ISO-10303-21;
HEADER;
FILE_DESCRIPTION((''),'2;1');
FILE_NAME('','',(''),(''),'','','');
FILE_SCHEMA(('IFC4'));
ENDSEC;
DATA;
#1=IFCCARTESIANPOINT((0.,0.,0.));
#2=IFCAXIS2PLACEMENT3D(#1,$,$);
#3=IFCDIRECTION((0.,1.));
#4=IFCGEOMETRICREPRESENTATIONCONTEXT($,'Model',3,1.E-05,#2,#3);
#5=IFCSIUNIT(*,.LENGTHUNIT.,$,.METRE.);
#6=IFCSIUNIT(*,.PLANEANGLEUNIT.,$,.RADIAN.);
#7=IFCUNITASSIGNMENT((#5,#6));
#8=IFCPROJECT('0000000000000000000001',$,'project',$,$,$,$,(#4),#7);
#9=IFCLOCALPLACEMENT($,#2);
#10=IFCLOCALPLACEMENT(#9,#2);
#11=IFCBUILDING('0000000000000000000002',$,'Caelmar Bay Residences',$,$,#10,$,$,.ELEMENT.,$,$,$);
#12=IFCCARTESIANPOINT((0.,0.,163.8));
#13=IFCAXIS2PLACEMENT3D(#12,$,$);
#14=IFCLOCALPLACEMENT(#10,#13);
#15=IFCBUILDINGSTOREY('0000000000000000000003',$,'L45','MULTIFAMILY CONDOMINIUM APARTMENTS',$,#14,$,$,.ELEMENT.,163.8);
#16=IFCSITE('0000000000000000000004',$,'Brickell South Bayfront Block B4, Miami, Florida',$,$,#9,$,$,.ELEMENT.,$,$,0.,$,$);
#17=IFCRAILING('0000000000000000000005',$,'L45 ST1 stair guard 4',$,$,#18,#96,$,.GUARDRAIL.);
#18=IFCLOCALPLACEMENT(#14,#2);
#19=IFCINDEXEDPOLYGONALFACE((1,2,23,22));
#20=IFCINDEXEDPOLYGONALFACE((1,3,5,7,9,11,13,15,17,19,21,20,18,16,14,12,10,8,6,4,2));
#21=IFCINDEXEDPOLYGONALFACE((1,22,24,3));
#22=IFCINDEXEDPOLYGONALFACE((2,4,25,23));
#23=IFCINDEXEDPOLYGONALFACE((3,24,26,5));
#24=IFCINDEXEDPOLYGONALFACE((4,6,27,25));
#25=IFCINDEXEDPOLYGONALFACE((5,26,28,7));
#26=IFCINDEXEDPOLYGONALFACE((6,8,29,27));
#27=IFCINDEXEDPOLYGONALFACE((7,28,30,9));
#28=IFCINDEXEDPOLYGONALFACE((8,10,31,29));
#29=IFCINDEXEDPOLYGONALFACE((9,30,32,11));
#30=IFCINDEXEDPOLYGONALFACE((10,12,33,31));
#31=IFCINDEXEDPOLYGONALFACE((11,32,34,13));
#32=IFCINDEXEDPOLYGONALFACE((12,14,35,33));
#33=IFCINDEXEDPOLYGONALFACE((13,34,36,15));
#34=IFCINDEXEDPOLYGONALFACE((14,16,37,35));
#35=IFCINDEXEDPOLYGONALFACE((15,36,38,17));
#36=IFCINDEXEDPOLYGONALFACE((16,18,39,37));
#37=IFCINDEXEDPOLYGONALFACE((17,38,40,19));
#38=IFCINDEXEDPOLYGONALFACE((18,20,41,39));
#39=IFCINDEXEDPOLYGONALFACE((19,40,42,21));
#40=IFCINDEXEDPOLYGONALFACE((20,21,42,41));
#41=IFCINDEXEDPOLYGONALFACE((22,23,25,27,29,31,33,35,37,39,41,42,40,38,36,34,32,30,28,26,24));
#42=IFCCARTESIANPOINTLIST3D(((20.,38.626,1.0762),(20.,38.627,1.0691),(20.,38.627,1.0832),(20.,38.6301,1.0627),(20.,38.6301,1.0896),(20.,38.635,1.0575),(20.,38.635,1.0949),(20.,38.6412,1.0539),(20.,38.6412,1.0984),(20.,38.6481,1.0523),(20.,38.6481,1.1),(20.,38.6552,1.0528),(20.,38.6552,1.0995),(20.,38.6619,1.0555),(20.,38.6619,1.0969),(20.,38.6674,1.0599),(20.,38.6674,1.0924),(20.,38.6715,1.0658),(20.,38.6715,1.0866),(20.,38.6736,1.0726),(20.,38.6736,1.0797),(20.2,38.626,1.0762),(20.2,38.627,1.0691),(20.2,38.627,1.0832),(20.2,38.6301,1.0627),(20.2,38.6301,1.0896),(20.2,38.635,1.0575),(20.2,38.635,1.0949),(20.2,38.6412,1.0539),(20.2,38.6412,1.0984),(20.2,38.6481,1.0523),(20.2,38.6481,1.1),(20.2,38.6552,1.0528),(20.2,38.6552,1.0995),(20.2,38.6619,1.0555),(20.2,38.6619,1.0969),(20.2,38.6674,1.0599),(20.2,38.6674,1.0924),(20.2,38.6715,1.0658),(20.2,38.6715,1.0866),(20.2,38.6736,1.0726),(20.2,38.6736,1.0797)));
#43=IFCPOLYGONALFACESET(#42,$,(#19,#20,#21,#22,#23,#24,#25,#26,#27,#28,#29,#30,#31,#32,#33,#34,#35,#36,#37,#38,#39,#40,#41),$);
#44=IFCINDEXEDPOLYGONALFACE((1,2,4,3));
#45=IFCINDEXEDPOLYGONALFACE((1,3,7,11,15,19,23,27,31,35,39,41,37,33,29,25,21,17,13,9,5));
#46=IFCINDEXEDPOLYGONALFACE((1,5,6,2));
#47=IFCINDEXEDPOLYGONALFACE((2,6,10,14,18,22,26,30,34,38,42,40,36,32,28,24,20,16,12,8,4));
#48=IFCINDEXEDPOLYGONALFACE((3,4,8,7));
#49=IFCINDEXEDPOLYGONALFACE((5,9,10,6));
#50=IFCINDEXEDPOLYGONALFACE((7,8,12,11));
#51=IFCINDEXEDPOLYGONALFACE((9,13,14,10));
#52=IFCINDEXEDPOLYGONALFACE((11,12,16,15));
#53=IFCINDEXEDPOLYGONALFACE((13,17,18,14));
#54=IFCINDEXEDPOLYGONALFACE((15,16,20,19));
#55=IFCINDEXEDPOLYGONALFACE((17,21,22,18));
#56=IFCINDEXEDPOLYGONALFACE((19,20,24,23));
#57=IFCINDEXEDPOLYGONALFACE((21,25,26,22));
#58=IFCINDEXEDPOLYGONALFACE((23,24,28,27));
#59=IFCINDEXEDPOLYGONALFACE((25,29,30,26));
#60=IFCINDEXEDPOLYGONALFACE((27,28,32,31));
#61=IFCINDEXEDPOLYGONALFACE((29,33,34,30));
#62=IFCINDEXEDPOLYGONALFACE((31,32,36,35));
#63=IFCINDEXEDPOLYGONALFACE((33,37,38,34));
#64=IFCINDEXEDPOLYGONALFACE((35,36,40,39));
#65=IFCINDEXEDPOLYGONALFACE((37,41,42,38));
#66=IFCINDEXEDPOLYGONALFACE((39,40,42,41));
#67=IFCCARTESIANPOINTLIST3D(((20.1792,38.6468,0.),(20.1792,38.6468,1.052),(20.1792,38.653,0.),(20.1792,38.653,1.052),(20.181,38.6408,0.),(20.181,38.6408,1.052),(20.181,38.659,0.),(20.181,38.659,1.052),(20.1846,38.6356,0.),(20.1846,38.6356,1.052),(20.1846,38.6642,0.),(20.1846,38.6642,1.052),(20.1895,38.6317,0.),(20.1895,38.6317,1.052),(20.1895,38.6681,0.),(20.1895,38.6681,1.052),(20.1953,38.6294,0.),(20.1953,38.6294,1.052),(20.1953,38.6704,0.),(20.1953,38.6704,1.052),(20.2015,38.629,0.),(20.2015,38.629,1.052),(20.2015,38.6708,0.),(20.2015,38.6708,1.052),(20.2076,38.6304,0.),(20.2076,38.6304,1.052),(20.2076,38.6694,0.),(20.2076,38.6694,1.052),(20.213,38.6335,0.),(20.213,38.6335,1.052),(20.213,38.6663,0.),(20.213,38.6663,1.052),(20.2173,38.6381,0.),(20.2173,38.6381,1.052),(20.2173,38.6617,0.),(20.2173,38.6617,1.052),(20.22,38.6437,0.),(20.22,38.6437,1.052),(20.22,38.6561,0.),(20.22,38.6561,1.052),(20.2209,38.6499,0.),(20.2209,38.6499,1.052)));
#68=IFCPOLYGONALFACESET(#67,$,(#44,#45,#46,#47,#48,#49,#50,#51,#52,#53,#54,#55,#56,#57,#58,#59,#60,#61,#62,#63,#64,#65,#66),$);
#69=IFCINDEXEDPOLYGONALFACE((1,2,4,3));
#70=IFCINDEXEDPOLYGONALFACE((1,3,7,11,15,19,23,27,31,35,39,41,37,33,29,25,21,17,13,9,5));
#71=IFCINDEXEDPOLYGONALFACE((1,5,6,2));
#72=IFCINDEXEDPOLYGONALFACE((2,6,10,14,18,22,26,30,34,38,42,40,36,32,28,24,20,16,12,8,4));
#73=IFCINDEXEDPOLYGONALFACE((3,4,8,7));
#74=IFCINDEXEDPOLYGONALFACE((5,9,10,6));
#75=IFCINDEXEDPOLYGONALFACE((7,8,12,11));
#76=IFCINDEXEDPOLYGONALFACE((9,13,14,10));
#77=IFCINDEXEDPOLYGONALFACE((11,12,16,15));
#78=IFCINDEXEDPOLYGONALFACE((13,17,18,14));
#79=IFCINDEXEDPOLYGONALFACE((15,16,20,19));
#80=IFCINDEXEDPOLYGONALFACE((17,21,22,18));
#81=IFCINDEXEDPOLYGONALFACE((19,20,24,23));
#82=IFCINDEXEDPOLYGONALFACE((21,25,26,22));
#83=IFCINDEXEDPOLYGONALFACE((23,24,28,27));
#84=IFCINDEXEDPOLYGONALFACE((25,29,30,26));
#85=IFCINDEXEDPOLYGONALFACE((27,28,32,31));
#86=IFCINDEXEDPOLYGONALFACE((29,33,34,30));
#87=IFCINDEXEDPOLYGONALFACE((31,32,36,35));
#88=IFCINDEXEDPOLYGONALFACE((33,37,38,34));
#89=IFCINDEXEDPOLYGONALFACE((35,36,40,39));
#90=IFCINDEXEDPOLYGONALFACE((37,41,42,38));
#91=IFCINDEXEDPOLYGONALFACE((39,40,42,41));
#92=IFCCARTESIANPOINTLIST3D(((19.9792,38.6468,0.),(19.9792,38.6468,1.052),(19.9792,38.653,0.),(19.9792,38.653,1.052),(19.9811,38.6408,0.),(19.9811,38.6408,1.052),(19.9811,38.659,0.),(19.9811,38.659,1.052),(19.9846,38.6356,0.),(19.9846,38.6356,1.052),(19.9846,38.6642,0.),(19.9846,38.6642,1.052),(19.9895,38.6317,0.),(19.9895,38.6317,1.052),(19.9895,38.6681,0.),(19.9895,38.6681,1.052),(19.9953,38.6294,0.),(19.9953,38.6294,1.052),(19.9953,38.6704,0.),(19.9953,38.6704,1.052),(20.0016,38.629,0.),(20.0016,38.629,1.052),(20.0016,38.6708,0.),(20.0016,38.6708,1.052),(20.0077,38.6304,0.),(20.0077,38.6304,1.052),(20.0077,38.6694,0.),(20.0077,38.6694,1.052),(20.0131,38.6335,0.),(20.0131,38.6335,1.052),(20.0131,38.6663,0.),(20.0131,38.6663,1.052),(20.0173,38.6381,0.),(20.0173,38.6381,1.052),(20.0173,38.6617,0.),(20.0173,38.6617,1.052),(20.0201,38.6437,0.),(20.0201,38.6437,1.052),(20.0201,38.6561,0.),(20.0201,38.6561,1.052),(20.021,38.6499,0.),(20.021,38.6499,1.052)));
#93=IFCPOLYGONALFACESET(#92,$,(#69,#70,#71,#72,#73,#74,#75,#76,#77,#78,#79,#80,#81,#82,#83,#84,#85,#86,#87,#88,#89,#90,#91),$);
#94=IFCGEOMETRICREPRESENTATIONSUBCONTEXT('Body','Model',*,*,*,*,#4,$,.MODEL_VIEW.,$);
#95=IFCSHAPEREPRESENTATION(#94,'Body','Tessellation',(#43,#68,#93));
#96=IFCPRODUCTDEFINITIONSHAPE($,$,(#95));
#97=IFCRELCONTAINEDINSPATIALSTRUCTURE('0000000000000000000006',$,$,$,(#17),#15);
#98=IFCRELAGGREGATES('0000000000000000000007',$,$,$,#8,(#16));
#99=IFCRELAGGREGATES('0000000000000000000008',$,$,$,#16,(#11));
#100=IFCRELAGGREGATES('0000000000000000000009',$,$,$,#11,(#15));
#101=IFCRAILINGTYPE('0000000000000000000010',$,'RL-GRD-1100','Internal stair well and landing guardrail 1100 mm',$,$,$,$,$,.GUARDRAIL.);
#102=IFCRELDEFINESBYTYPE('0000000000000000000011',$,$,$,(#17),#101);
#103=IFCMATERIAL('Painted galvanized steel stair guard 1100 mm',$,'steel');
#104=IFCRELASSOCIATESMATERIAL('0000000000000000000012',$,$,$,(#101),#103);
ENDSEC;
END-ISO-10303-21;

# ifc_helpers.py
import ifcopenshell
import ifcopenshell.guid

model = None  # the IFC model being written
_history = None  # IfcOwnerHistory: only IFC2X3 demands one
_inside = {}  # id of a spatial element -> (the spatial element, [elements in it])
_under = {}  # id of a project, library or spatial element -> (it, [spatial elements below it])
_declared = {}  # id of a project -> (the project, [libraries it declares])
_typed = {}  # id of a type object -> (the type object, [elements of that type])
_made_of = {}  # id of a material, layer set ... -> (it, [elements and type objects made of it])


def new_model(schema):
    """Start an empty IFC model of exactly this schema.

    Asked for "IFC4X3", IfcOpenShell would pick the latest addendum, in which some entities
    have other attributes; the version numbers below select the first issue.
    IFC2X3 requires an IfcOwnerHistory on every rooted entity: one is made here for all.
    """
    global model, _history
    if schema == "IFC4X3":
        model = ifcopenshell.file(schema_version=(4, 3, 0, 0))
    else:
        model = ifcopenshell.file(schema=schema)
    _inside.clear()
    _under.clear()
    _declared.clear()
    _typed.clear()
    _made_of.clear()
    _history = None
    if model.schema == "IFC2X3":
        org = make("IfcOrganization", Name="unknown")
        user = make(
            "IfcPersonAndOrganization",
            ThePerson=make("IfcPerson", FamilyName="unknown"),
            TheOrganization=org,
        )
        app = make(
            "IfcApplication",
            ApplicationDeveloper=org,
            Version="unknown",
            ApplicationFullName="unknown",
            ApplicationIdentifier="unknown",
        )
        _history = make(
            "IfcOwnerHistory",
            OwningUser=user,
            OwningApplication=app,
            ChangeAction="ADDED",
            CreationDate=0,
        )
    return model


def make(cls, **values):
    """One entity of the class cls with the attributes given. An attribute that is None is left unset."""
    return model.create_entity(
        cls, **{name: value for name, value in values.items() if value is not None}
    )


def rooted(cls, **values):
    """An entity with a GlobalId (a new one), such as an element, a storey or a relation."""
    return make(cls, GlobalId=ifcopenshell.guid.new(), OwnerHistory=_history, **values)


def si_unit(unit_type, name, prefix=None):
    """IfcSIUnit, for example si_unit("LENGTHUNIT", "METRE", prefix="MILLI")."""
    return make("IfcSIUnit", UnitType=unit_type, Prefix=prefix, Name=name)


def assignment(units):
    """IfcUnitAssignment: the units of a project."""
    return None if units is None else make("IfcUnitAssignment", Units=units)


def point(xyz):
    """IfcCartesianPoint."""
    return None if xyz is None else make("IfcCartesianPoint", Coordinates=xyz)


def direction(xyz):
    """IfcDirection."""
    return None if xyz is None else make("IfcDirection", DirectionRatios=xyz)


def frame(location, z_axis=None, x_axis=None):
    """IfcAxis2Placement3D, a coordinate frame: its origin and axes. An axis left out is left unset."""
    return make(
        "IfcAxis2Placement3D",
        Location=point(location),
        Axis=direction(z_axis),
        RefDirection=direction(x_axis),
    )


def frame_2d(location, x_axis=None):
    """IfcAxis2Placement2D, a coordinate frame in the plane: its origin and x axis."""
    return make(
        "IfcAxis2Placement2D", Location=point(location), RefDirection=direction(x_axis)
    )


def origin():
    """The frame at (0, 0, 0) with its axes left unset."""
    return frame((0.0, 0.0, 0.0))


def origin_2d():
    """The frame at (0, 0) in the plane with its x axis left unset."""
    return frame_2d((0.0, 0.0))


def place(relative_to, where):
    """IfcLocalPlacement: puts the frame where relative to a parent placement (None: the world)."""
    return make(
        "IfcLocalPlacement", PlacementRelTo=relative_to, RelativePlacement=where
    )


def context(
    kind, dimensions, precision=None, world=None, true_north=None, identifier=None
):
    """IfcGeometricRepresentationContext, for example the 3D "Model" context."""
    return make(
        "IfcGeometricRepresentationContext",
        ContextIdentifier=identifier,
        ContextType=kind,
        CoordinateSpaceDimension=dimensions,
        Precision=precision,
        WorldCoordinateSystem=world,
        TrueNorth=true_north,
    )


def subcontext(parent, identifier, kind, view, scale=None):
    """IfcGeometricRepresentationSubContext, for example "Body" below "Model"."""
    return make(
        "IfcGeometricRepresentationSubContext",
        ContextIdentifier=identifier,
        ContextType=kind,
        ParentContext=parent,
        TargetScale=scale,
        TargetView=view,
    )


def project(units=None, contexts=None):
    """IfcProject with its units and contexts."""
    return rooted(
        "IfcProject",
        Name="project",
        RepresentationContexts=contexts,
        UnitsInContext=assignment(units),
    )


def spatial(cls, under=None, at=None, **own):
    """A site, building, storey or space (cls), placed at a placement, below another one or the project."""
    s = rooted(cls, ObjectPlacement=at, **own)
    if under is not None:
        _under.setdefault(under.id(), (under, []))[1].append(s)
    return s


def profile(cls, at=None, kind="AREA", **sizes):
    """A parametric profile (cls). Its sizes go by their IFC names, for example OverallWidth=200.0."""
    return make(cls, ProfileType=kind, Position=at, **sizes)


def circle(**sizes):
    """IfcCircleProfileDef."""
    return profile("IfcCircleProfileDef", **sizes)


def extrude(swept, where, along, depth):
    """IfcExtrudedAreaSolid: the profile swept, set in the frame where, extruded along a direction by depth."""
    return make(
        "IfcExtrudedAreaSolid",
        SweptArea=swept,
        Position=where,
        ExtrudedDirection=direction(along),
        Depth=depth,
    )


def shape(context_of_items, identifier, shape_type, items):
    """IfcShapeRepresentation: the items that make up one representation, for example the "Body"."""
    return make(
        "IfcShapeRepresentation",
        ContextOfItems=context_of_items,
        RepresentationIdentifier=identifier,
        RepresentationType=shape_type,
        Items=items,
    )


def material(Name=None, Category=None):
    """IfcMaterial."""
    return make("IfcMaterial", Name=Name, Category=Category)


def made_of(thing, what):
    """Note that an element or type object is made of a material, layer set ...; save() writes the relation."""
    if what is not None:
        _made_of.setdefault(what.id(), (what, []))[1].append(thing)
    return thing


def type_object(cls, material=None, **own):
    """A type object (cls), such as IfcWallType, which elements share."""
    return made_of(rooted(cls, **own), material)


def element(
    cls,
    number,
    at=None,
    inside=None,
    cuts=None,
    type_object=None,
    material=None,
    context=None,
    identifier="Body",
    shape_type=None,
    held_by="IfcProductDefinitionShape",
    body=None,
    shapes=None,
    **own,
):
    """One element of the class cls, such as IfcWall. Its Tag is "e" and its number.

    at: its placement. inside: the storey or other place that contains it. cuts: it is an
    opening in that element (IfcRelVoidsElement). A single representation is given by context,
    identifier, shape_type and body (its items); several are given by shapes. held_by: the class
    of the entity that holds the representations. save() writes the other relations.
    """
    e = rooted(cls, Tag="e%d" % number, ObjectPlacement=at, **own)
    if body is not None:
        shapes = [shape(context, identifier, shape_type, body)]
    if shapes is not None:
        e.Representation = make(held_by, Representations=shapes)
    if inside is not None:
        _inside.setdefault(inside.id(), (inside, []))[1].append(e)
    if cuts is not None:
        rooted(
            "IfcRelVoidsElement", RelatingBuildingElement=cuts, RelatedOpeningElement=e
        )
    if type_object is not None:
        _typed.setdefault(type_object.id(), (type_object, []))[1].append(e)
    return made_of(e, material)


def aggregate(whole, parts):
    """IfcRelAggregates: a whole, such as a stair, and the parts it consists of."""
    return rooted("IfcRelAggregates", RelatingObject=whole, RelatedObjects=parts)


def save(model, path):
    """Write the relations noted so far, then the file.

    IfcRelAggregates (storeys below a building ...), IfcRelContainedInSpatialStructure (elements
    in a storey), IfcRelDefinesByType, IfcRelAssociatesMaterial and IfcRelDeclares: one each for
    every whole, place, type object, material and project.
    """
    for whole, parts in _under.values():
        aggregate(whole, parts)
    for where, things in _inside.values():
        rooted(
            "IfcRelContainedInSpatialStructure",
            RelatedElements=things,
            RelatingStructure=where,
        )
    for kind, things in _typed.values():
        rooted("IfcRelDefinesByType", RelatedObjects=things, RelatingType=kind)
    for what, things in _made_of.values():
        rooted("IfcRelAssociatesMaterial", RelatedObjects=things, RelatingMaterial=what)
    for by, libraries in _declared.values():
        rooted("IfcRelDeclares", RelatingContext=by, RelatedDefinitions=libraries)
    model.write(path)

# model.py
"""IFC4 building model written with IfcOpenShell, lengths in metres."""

from ifc_helpers import new_model, si_unit, direction, frame, origin, origin_2d, place, context, subcontext, project, spatial, circle, extrude, material, type_object, element, save


model = new_model("IFC4")

# Units and contexts
model_context = context("Model", 3, precision=1e-05, world=origin(), true_north=direction((0.0, 1.0)))
body_context = subcontext(model_context, "Body", "Model", "MODEL_VIEW")
ifc_project = project(units=[si_unit("LENGTHUNIT", "METRE"), si_unit("PLANEANGLEUNIT", "RADIAN")], contexts=[model_context])

# Site, building, storey
site_placement = place(None, origin())
site = spatial("IfcSite", under=ifc_project, at=site_placement, Name="Brickell South Bayfront Block B4, Miami, Florida", CompositionType="ELEMENT", RefElevation=0.0)
building_placement = place(site_placement, origin())
building = spatial("IfcBuilding", under=site, at=building_placement, Name="Caelmar Bay Residences", CompositionType="ELEMENT")
storey_placement = place(building_placement, frame((0.0, 0.0, 163.8)))
storey = spatial("IfcBuildingStorey", under=building, at=storey_placement, Name="L45", Description="MULTIFAMILY CONDOMINIUM APARTMENTS", CompositionType="ELEMENT", Elevation=163.8)

# Railing
ifc_material_1 = material(Name="Painted galvanized steel stair guard 1100 mm", Category="steel")
railing_type_1 = type_object("IfcRailingType", Name="RL-GRD-1100", Description="Internal stair well and landing guardrail 1100 mm", PredefinedType="GUARDRAIL", material=ifc_material_1)
railing_1_placement = place(storey_placement, frame((20.2, 38.6499, 0.0)))
element("IfcRailing", 1, at=railing_1_placement, inside=storey, type_object=railing_type_1, Name="L45 ST1 stair guard 4", PredefinedType="GUARDRAIL", context=body_context, shape_type="SweptSolid", body=[
    extrude(circle(Radius=0.0239, at=origin_2d()), frame((0.0, 0.0, 1.0762), z_axis=(-1.0, 0.0, 0.0), x_axis=(0.0, -1.0, 0.0)), (0.0, 0.0, 1.0), 0.2),
    extrude(circle(Radius=0.021, at=origin_2d()), origin(), (0.0, 0.0, 1.0), 1.052),
    extrude(circle(Radius=0.021, at=origin_2d()), frame((-0.2, 0.0, 0.0)), (0.0, 0.0, 1.0), 1.052),
])

save(model, "model.ifc")
